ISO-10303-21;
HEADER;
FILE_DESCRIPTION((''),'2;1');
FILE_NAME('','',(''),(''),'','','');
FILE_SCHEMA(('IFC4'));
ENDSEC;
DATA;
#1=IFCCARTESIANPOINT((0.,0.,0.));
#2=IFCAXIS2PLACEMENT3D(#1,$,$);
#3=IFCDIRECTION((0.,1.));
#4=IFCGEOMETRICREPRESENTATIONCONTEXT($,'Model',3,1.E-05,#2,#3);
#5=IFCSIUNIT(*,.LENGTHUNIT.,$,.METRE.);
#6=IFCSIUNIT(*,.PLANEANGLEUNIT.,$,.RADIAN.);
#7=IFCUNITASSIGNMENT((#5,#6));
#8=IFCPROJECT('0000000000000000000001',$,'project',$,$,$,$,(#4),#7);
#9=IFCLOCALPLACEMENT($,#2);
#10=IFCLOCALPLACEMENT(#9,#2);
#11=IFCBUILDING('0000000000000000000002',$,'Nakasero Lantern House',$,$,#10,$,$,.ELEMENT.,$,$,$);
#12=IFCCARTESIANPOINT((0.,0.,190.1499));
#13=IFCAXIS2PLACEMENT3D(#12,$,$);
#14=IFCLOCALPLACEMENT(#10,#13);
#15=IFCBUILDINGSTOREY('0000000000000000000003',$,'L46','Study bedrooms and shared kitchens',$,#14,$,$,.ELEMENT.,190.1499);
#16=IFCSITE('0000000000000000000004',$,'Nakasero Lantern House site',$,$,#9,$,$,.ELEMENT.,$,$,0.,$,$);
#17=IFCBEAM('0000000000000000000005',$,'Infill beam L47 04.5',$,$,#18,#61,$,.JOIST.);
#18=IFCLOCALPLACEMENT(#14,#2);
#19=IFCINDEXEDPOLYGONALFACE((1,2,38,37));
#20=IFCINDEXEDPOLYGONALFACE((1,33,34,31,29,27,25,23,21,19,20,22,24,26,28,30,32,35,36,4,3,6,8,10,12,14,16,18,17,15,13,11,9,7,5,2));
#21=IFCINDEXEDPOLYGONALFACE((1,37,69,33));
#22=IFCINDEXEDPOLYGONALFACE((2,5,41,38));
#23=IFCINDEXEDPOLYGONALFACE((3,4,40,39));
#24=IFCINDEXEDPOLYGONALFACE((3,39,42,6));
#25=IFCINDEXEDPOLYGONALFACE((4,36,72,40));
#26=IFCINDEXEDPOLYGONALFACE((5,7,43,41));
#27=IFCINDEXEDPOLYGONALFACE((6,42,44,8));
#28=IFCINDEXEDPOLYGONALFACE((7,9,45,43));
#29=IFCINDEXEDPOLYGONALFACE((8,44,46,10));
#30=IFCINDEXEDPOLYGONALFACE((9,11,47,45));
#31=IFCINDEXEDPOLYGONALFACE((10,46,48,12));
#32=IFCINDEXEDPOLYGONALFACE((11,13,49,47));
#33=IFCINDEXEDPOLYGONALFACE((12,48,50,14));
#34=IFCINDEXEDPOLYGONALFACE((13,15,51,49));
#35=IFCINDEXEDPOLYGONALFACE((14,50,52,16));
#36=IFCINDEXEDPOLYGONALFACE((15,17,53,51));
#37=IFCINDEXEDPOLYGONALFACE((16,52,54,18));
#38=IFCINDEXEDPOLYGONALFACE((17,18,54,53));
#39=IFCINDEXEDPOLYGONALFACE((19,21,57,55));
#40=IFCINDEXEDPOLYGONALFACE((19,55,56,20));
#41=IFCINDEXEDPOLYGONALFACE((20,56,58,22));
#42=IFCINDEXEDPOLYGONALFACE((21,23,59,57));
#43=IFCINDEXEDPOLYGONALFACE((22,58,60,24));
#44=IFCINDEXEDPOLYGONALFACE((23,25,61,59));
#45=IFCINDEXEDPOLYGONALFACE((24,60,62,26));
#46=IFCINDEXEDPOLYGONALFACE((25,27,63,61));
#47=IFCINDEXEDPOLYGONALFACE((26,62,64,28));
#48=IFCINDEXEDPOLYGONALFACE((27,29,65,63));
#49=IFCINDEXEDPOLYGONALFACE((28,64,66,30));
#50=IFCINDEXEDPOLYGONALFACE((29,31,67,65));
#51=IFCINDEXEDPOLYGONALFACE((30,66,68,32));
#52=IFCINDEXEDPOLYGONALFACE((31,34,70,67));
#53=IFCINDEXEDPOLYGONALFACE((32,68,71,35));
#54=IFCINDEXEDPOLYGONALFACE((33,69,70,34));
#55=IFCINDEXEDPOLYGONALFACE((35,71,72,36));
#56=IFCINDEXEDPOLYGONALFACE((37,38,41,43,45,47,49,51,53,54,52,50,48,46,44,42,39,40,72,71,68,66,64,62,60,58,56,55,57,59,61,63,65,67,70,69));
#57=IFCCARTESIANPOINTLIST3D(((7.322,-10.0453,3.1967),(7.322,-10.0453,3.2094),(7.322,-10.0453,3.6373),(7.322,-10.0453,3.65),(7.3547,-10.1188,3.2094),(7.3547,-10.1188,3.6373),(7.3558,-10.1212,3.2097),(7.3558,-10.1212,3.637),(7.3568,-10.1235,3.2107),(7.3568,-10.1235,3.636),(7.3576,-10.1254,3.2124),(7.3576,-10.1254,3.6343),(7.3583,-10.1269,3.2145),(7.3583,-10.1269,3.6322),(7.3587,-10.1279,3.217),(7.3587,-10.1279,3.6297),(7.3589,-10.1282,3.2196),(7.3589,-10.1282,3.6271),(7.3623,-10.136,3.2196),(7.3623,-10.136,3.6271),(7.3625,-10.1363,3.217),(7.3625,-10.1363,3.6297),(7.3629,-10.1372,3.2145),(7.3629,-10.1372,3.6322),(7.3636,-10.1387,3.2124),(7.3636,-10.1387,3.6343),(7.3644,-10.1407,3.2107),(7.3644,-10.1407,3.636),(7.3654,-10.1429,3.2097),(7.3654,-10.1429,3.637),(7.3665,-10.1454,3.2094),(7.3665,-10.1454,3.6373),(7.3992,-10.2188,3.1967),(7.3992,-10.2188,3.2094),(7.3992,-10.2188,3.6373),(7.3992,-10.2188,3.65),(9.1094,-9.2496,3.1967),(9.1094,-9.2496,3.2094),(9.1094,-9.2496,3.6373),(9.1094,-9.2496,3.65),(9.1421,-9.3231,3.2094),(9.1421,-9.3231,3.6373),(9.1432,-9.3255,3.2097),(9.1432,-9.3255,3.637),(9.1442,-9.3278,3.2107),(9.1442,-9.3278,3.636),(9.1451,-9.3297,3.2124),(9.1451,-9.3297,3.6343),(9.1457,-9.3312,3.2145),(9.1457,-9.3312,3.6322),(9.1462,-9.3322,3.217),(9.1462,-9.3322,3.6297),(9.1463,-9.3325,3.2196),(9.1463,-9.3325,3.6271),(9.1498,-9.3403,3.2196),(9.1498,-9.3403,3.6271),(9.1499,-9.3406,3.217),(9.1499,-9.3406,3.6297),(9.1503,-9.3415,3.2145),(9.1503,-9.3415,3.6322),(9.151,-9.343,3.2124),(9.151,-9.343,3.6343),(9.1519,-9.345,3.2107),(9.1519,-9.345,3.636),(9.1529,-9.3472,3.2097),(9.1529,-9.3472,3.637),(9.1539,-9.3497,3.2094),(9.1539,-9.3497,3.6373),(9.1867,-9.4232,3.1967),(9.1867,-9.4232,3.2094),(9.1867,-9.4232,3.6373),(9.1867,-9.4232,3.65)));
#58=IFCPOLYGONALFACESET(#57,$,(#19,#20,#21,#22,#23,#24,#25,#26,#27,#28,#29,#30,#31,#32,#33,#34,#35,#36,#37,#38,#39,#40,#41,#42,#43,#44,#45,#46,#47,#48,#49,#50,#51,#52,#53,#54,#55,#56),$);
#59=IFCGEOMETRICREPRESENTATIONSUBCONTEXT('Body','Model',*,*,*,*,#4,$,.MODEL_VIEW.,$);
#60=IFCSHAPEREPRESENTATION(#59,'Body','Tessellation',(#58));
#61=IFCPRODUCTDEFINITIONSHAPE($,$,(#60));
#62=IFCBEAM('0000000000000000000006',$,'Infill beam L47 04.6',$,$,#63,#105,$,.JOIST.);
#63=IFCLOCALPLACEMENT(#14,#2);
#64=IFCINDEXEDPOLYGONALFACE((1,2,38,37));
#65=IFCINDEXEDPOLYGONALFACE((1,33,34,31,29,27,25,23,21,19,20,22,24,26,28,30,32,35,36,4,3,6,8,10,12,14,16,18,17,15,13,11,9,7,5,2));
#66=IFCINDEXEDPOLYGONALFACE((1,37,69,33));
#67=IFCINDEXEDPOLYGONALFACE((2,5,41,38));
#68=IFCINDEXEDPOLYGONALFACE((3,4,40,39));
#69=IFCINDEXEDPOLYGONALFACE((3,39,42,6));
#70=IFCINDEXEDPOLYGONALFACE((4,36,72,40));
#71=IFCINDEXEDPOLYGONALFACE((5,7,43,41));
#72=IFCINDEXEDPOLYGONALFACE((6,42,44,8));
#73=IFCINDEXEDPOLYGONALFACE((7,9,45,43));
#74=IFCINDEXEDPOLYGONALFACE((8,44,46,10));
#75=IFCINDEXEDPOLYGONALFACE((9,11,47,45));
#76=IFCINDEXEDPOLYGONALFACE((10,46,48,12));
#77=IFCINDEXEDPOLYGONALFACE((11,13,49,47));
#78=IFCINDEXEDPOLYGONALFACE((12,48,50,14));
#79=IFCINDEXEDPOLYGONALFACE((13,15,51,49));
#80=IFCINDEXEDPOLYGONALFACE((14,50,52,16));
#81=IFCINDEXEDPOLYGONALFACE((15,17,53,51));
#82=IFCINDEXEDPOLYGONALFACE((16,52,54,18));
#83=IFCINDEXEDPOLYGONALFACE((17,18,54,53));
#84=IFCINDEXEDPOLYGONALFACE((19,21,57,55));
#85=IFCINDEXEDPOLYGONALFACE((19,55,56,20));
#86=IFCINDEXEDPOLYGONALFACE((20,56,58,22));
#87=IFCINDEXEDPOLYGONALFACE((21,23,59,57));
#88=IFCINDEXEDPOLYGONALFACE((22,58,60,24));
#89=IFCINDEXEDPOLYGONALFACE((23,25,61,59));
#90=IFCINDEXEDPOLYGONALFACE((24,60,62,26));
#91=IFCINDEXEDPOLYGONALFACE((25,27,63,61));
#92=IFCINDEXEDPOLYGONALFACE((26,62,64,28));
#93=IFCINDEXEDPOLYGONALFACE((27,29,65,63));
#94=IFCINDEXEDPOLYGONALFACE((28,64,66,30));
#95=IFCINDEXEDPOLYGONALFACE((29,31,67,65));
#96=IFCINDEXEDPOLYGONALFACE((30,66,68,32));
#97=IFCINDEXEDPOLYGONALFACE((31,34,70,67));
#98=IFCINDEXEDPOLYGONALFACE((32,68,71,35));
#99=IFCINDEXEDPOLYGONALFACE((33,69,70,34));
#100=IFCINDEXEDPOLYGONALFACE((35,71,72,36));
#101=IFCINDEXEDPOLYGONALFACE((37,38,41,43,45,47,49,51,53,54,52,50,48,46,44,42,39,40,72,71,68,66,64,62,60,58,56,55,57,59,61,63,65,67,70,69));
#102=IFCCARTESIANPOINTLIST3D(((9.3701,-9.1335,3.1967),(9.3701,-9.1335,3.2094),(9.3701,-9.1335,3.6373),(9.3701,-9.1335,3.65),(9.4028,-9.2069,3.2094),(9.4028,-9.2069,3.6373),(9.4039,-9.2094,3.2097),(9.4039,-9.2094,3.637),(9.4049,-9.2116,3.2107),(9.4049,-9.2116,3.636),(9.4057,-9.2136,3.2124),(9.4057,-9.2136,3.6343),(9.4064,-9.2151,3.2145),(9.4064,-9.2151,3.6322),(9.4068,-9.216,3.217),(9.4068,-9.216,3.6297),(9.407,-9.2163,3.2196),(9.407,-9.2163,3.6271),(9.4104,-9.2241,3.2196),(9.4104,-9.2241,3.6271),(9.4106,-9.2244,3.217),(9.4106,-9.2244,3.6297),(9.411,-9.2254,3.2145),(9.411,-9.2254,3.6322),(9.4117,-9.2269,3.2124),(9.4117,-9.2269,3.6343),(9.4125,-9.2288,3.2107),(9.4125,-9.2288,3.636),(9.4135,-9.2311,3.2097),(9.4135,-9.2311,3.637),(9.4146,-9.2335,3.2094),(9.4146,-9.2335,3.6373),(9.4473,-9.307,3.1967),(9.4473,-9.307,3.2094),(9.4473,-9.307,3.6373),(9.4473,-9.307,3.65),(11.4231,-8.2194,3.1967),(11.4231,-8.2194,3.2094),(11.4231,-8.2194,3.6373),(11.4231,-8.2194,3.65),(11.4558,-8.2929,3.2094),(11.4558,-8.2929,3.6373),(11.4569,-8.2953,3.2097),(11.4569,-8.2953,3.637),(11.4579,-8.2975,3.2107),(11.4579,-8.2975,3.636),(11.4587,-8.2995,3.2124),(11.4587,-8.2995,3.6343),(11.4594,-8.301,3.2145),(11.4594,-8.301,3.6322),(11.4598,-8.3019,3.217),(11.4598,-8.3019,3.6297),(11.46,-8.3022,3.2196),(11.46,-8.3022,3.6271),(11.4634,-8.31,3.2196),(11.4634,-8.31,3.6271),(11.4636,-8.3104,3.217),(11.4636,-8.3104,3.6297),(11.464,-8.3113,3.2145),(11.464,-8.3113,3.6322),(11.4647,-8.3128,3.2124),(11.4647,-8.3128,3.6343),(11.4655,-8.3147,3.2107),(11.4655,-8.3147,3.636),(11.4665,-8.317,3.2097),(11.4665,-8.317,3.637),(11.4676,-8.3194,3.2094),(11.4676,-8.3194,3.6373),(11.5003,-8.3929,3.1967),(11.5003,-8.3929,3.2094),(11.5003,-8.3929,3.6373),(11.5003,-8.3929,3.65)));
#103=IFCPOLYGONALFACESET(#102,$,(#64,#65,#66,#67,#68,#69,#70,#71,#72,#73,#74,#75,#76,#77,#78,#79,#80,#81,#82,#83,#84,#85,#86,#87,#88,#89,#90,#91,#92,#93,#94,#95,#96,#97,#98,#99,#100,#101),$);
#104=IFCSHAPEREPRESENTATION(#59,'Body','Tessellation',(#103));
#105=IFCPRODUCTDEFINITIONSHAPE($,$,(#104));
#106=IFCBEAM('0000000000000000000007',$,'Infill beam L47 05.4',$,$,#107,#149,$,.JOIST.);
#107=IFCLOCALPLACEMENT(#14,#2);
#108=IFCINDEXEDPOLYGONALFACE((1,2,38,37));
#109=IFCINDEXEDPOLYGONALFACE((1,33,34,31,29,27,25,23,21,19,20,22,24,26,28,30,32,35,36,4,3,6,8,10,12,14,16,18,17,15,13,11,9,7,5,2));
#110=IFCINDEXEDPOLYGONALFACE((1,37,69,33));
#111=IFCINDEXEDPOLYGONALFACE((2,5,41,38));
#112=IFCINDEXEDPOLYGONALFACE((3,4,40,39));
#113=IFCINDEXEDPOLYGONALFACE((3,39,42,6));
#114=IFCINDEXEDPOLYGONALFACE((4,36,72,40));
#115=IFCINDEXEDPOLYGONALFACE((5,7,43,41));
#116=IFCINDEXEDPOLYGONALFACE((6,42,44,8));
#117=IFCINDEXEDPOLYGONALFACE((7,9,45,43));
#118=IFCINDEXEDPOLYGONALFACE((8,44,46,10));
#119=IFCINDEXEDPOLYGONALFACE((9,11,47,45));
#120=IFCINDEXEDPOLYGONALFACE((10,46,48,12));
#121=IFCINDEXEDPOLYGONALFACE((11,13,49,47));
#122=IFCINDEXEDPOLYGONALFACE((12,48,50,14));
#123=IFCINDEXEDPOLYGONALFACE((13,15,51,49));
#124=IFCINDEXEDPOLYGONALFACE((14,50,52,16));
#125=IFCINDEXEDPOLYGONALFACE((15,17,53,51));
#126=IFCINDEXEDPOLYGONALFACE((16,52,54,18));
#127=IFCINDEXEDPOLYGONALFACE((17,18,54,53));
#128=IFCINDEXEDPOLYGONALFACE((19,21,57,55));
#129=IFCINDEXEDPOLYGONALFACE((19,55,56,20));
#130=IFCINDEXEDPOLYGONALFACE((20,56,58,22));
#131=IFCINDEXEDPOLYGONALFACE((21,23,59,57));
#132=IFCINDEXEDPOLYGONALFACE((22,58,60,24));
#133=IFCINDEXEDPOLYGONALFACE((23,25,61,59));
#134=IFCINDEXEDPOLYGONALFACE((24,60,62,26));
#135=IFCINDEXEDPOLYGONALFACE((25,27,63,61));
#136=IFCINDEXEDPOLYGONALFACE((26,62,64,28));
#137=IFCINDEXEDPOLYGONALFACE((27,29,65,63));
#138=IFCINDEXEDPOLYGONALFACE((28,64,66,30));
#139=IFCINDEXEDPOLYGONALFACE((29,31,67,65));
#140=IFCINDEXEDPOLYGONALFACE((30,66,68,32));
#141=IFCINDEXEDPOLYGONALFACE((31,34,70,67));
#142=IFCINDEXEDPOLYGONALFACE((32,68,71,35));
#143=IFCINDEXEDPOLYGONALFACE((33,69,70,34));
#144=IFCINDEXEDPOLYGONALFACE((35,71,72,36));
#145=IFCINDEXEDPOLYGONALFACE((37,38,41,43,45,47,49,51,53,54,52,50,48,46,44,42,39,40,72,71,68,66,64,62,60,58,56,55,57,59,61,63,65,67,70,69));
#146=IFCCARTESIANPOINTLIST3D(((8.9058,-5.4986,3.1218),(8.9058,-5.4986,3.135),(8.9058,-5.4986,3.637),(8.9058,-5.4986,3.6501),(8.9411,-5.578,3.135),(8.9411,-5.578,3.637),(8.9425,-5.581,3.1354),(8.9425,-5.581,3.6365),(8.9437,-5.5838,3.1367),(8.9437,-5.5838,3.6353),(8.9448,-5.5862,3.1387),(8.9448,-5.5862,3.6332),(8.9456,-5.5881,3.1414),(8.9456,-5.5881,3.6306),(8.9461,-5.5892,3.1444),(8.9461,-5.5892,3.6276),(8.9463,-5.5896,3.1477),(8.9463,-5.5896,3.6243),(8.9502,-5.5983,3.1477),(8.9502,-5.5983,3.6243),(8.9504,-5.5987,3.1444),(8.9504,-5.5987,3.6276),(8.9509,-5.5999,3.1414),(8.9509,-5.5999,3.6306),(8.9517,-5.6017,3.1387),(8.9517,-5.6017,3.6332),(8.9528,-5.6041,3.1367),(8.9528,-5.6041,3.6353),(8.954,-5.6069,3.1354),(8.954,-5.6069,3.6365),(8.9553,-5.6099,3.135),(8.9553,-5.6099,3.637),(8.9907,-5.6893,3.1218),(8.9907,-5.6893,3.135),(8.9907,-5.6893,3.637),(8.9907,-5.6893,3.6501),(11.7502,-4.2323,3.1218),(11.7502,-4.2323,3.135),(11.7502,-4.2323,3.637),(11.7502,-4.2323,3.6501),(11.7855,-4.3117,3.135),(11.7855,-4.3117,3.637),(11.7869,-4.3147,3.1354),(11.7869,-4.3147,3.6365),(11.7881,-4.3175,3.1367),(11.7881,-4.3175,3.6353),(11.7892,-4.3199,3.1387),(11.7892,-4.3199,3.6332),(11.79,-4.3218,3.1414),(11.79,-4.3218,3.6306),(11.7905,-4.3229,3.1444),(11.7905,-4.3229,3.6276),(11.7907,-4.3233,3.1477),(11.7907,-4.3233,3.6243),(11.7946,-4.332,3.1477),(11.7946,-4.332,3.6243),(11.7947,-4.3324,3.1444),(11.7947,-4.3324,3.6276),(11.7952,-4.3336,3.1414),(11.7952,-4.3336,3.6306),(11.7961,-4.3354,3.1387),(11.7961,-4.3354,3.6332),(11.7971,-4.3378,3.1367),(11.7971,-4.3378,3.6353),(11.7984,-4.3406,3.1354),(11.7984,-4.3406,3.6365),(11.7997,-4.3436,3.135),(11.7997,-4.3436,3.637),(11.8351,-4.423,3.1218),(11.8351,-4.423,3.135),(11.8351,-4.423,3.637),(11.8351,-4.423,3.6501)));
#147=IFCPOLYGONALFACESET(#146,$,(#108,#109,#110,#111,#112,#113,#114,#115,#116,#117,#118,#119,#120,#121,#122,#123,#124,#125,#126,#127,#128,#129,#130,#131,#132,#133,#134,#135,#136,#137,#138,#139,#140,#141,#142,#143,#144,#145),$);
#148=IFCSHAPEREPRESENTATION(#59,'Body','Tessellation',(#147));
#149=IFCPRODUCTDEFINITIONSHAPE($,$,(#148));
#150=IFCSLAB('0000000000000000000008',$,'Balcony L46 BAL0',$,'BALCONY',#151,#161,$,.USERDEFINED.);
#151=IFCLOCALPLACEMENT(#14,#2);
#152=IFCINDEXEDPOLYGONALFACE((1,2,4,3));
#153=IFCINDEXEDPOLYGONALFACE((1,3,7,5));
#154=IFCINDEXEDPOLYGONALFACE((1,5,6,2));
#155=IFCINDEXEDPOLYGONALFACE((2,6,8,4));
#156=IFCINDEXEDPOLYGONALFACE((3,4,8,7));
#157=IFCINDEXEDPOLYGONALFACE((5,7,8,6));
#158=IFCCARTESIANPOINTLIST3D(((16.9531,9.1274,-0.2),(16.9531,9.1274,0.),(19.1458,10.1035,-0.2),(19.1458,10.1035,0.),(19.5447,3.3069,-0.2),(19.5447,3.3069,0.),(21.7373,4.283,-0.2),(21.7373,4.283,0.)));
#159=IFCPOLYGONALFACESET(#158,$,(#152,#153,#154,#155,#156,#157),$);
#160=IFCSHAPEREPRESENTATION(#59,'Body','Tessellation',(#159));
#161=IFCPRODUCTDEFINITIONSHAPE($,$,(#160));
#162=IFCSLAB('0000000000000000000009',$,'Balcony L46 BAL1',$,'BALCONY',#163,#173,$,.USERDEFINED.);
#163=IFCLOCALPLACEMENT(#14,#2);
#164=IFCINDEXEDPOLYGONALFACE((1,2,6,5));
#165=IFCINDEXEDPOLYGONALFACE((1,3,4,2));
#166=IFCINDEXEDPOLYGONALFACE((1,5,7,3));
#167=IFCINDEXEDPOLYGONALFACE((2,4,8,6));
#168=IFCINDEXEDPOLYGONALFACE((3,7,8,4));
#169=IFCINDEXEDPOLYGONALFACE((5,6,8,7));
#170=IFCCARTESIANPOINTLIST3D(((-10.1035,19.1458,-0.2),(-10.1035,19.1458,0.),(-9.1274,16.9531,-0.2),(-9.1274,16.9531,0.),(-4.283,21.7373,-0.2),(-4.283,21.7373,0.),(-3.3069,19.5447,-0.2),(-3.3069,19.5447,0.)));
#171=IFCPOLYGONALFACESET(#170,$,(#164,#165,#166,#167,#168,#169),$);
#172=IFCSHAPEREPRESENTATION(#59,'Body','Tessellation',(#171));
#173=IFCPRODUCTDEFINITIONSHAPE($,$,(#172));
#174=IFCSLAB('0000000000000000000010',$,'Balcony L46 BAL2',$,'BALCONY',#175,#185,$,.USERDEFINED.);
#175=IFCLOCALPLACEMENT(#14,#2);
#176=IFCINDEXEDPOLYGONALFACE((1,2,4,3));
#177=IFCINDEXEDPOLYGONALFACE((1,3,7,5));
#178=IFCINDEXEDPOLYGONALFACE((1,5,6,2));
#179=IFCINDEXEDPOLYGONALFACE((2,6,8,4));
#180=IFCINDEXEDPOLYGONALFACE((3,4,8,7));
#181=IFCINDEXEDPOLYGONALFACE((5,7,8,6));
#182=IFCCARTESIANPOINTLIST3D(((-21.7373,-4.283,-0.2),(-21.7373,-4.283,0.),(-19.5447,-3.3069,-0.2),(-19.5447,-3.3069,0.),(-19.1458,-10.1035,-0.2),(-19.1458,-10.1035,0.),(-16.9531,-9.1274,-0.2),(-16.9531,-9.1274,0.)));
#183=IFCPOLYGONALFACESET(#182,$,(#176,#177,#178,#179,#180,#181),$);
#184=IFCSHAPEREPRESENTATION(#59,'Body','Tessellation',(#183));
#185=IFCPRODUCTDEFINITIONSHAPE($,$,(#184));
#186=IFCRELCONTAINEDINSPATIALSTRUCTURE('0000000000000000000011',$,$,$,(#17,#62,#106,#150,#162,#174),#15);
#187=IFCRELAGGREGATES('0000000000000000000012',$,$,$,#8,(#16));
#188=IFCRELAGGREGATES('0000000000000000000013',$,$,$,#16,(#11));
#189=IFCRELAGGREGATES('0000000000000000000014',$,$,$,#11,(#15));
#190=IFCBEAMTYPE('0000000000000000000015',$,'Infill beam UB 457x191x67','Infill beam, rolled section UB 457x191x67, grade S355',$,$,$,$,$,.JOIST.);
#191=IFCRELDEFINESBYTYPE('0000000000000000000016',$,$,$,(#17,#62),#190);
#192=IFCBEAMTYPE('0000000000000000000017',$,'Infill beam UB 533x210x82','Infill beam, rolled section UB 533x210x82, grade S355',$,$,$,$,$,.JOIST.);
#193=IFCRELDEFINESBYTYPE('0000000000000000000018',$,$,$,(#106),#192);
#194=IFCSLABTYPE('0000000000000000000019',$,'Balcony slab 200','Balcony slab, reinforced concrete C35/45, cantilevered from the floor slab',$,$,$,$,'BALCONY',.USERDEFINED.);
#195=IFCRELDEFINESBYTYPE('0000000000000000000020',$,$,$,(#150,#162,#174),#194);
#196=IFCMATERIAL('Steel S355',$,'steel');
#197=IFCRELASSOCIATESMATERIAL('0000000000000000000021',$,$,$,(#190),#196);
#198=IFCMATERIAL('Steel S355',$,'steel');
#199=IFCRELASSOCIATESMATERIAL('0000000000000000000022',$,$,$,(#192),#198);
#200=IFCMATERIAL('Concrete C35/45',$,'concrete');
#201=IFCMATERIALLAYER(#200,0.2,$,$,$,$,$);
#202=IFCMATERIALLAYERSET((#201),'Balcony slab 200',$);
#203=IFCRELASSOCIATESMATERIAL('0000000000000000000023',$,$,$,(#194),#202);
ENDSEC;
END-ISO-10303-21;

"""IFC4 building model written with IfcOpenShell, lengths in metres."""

from ifc_helpers import new_model, si_unit, direction, frame, origin, origin_2d, place, context, subcontext, project, spatial, polyline, i_section, outline, extrude, material, layer, layer_set, material_profile, profile_set, type_object, element, save


model = new_model("IFC4")

# Units and contexts
model_context = context("Model", 3, precision=1e-05, world=origin(), true_north=direction((0.0, 1.0)))
body_context = subcontext(model_context, "Body", "Model", "MODEL_VIEW")
ifc_project = project(units=[si_unit("LENGTHUNIT", "METRE"), si_unit("PLANEANGLEUNIT", "RADIAN")], contexts=[model_context])

# Site, building, storey
site_placement = place(None, origin())
site = spatial("IfcSite", under=ifc_project, at=site_placement, Name="Nakasero Lantern House site", CompositionType="ELEMENT", RefElevation=0.0)
building_placement = place(site_placement, origin())
building = spatial("IfcBuilding", under=site, at=building_placement, Name="Nakasero Lantern House", CompositionType="ELEMENT")
storey_placement = place(building_placement, frame((0.0, 0.0, 190.1499)))
storey = spatial("IfcBuildingStorey", under=building, at=storey_placement, Name="L46", Description="Study bedrooms and shared kitchens", CompositionType="ELEMENT", Elevation=190.1499)

# Beams
ifc_material_1 = material(Name="Steel S355", Category="steel")
ifc_material_profile_1 = material_profile(ifc_material_1, i_section(OverallWidth=0.1899, OverallDepth=0.4534, WebThickness=0.0085, FlangeThickness=0.0127, FilletRadius=0.0103, at=origin_2d()), Name="UB 457x191x67")
ifc_profile_set_1 = profile_set([ifc_material_profile_1], Name="Steel S355")
beam_type_1 = type_object("IfcBeamType", Name="Infill beam UB 457x191x67", Description="Infill beam, rolled section UB 457x191x67, grade S355", PredefinedType="JOIST", material=ifc_profile_set_1)
beam_1_placement = place(storey_placement, frame((7.3606, -10.1321, 3.4233), z_axis=(0.91357, 0.406683, 0.0), x_axis=(-0.406683, 0.91357, 0.0)))
element("IfcBeam", 1, at=beam_1_placement, inside=storey, type_object=beam_type_1, Name="Infill beam L47 04.5", PredefinedType="JOIST", context=body_context, shape_type="SweptSolid", body=[
    extrude(i_section(OverallWidth=0.1899, OverallDepth=0.4534, WebThickness=0.0085, FlangeThickness=0.0127, FilletRadius=0.0103, at=origin_2d()), origin(), (0.0, 0.0, 1.0), 1.9565),
])
beam_2_placement = place(storey_placement, frame((9.4087, -9.2202, 3.4233), z_axis=(0.913543, 0.406743, 0.0), x_axis=(-0.406743, 0.913543, 0.0)))
element("IfcBeam", 2, at=beam_2_placement, inside=storey, type_object=beam_type_1, Name="Infill beam L47 04.6", PredefinedType="JOIST", context=body_context, shape_type="SweptSolid", body=[
    extrude(i_section(OverallWidth=0.1899, OverallDepth=0.4534, WebThickness=0.0085, FlangeThickness=0.0127, FilletRadius=0.0103, at=origin_2d()), origin(), (0.0, 0.0, 1.0), 2.2473),
])
ifc_material_2 = material(Name="Steel S355", Category="steel")
ifc_material_profile_2 = material_profile(ifc_material_2, i_section(OverallWidth=0.2087, OverallDepth=0.5283, WebThickness=0.0095, FlangeThickness=0.0132, FilletRadius=0.0127, at=origin_2d()), Name="UB 533x210x82")
ifc_profile_set_2 = profile_set([ifc_material_profile_2], Name="Steel S355")
beam_type_2 = type_object("IfcBeamType", Name="Infill beam UB 533x210x82", Description="Infill beam, rolled section UB 533x210x82, grade S355", PredefinedType="JOIST", material=ifc_profile_set_2)
beam_3_placement = place(storey_placement, frame((8.9482, -5.594, 3.386), z_axis=(0.913556, 0.406713, 0.0), x_axis=(-0.406713, 0.913556, 0.0)))
element("IfcBeam", 3, at=beam_3_placement, inside=storey, type_object=beam_type_2, Name="Infill beam L47 05.4", PredefinedType="JOIST", context=body_context, shape_type="SweptSolid", body=[
    extrude(i_section(OverallWidth=0.2087, OverallDepth=0.5283, WebThickness=0.0095, FlangeThickness=0.0132, FilletRadius=0.0127, at=origin_2d()), origin(), (0.0, 0.0, 1.0), 3.1135),
])

# Slabs
ifc_material_3 = material(Name="Concrete C35/45", Category="concrete")
ifc_layer_1 = layer(ifc_material_3, 0.2)
ifc_layer_set_1 = layer_set([ifc_layer_1], Name="Balcony slab 200")
slab_type_1 = type_object("IfcSlabType", Name="Balcony slab 200", Description="Balcony slab, reinforced concrete C35/45, cantilevered from the floor slab", ElementType="BALCONY", PredefinedType="USERDEFINED", material=ifc_layer_set_1)
slab_1_placement = place(storey_placement, frame((0.0, 0.0, -0.2)))
element("IfcSlab", 4, at=slab_1_placement, inside=storey, type_object=slab_type_1, Name="Balcony L46 BAL0", ObjectType="BALCONY", PredefinedType="USERDEFINED", context=body_context, shape_type="SweptSolid", body=[
    extrude(outline(polyline([(19.5447, 3.3069), (21.7373, 4.283), (19.1458, 10.1035), (16.9531, 9.1274), (19.5447, 3.3069)])), origin(), (0.0, 0.0, 1.0), 0.2),
])
slab_2_placement = place(storey_placement, frame((0.0, 0.0, -0.2)))
element("IfcSlab", 5, at=slab_2_placement, inside=storey, type_object=slab_type_1, Name="Balcony L46 BAL1", ObjectType="BALCONY", PredefinedType="USERDEFINED", context=body_context, shape_type="SweptSolid", body=[
    extrude(outline(polyline([(-3.3069, 19.5447), (-4.283, 21.7373), (-10.1035, 19.1458), (-9.1274, 16.9531), (-3.3069, 19.5447)])), origin(), (0.0, 0.0, 1.0), 0.2),
])
slab_3_placement = place(storey_placement, frame((0.0, 0.0, -0.2)))
element("IfcSlab", 6, at=slab_3_placement, inside=storey, type_object=slab_type_1, Name="Balcony L46 BAL2", ObjectType="BALCONY", PredefinedType="USERDEFINED", context=body_context, shape_type="SweptSolid", body=[
    extrude(outline(polyline([(-19.5447, -3.3069), (-21.7373, -4.283), (-19.1458, -10.1035), (-16.9531, -9.1274), (-19.5447, -3.3069)])), origin(), (0.0, 0.0, 1.0), 0.2),
])

save(model, "model.ifc")
